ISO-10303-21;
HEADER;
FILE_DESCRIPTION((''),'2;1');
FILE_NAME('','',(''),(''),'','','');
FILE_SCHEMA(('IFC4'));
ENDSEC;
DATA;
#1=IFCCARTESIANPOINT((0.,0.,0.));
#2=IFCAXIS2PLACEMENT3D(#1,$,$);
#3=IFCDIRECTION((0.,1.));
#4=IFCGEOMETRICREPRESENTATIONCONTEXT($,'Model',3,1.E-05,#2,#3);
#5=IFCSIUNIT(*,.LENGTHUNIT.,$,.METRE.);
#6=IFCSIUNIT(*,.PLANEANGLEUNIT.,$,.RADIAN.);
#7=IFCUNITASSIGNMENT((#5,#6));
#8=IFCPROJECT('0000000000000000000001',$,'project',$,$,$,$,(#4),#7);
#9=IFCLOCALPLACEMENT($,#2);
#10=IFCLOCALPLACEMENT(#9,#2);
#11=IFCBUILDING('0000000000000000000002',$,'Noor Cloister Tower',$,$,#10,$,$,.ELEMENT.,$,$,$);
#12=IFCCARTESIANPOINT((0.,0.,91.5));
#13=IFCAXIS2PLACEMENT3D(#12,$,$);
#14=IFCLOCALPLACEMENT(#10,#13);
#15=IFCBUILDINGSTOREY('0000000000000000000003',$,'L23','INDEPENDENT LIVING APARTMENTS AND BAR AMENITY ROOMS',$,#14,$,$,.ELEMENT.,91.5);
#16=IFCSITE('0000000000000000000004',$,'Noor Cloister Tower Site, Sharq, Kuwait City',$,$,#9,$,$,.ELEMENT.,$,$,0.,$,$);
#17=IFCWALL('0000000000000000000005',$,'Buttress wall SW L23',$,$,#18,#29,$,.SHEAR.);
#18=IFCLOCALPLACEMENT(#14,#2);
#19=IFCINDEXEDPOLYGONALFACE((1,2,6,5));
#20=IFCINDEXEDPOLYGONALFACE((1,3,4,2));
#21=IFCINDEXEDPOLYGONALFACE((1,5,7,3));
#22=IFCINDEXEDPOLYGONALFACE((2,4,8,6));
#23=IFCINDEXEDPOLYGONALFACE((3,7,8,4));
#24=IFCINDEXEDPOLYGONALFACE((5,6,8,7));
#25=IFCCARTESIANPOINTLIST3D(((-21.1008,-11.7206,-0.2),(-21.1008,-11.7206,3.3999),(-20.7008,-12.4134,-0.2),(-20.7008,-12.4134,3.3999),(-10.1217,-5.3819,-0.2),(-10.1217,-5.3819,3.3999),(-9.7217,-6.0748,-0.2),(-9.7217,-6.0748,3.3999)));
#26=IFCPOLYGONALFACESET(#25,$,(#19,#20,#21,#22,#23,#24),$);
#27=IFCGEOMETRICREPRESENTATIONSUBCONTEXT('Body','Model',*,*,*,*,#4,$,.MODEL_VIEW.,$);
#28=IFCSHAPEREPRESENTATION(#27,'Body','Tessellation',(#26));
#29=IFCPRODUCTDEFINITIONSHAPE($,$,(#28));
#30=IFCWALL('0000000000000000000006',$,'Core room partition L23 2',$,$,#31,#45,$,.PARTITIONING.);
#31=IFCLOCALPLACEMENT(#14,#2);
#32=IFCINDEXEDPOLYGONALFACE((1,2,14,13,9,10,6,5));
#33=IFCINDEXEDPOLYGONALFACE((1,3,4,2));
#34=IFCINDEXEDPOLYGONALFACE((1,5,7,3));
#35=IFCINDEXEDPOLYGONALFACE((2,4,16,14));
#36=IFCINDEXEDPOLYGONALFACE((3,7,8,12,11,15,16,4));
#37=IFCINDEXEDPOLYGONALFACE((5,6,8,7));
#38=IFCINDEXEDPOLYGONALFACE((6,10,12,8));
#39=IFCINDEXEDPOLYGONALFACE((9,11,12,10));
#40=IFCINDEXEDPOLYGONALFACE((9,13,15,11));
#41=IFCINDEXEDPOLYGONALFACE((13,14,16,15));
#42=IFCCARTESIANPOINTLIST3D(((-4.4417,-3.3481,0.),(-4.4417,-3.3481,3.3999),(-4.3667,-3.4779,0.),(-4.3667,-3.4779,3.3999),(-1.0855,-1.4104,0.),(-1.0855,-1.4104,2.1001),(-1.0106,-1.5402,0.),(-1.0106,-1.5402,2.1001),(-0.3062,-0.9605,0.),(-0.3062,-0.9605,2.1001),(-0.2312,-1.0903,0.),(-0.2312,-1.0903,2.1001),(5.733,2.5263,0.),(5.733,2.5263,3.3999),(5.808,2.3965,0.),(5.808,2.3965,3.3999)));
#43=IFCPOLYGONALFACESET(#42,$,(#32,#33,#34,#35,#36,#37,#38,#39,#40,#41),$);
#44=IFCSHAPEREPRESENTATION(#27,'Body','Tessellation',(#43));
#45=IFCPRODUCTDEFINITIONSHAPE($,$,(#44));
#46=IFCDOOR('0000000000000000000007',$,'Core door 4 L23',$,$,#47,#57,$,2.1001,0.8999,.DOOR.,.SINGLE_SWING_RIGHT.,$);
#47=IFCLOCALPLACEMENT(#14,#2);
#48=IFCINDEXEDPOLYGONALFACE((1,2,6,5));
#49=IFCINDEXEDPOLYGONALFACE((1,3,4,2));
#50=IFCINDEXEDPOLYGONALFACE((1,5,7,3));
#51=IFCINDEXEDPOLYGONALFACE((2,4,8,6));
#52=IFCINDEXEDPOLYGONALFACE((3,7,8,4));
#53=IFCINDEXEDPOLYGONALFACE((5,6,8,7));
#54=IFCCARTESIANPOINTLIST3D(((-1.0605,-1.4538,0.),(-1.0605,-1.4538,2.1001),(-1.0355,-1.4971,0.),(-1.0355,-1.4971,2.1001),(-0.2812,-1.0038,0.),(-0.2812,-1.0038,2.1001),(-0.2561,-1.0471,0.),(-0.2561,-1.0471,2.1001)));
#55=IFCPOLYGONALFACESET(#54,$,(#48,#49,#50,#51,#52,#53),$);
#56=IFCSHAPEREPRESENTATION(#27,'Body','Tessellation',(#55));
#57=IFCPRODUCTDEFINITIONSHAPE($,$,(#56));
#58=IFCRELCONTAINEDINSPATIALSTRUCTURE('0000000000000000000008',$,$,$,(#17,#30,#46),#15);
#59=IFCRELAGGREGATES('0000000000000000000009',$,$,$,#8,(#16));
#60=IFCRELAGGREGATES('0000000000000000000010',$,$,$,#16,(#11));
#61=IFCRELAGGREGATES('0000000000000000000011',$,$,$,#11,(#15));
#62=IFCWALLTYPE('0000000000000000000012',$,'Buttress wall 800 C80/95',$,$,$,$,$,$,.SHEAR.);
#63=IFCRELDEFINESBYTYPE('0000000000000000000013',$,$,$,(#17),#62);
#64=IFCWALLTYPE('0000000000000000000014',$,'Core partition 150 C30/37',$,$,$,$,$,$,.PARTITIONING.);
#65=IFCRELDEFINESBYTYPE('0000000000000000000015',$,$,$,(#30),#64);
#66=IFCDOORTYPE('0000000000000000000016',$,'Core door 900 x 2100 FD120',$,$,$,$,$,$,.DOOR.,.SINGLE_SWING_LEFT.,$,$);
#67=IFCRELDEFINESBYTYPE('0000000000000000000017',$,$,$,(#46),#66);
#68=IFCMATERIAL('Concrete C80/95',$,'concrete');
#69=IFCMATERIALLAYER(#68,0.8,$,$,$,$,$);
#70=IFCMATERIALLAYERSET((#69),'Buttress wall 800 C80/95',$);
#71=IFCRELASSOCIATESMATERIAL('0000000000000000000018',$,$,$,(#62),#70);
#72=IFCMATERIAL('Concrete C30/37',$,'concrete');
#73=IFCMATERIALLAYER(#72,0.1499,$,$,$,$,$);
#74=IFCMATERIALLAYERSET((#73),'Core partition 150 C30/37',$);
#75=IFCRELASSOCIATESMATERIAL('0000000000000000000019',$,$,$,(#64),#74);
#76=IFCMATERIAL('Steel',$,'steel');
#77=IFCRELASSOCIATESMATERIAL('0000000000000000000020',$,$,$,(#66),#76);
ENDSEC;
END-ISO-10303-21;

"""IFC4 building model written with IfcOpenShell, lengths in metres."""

from ifc_helpers import new_model, si_unit, direction, frame, frame_2d, origin, place, context, subcontext, project, spatial, rectangle, extrude, material, layer, layer_set, type_object, element, fill, save


model = new_model("IFC4")

# Units and contexts
model_context = context("Model", 3, precision=1e-05, world=origin(), true_north=direction((0.0, 1.0)))
body_context = subcontext(model_context, "Body", "Model", "MODEL_VIEW")
ifc_project = project(units=[si_unit("LENGTHUNIT", "METRE"), si_unit("PLANEANGLEUNIT", "RADIAN")], contexts=[model_context])

# Site, building, storey
site_placement = place(None, origin())
site = spatial("IfcSite", under=ifc_project, at=site_placement, Name="Noor Cloister Tower Site, Sharq, Kuwait City", CompositionType="ELEMENT", RefElevation=0.0)
building_placement = place(site_placement, origin())
building = spatial("IfcBuilding", under=site, at=building_placement, Name="Noor Cloister Tower", CompositionType="ELEMENT")
storey_placement = place(building_placement, frame((0.0, 0.0, 91.5)))
storey = spatial("IfcBuildingStorey", under=building, at=storey_placement, Name="L23", Description="INDEPENDENT LIVING APARTMENTS AND BAR AMENITY ROOMS", CompositionType="ELEMENT", Elevation=91.5)

# Wall
ifc_material_1 = material(Name="Concrete C80/95", Category="concrete")
ifc_layer_1 = layer(ifc_material_1, 0.8)
ifc_layer_set_1 = layer_set([ifc_layer_1], Name="Buttress wall 800 C80/95")
wall_type_1 = type_object("IfcWallType", Name="Buttress wall 800 C80/95", PredefinedType="SHEAR", material=ifc_layer_set_1)
wall_1_placement = place(storey_placement, frame((-9.9216, -5.7283, -0.2), z_axis=(0.0, 0.0, 1.0), x_axis=(-0.866029, -0.499994, 0.0)))
element("IfcWall", 1, at=wall_1_placement, inside=storey, type_object=wall_type_1, Name="Buttress wall SW L23", PredefinedType="SHEAR", context=body_context, shape_type="SweptSolid", body=[
    extrude(rectangle(XDim=12.6775, YDim=0.8, at=frame_2d((6.3389, 0.0))), origin(), (0.0, 0.0, 1.0), 3.5999),
])

# Wall, opening, door
ifc_material_2 = material(Name="Concrete C30/37", Category="concrete")
ifc_layer_2 = layer(ifc_material_2, 0.1499)
ifc_layer_set_2 = layer_set([ifc_layer_2], Name="Core partition 150 C30/37")
wall_type_2 = type_object("IfcWallType", Name="Core partition 150 C30/37", PredefinedType="PARTITIONING", material=ifc_layer_set_2)
wall_2_placement = place(storey_placement, frame((-4.4043, -3.4131, 0.0), z_axis=(0.0, 0.0, 1.0), x_axis=(0.866022, 0.500005, 0.0)))
wall_2 = element("IfcWall", 2, at=wall_2_placement, inside=storey, type_object=wall_type_2, Name="Core room partition L23 2", PredefinedType="PARTITIONING", context=body_context, shape_type="SweptSolid", body=[
    extrude(rectangle(XDim=11.7488, YDim=0.1499, at=frame_2d((5.8745, 0.0))), origin(), (0.0, 0.0, 1.0), 3.3999),
])
opening_1_placement = place(wall_2_placement, frame((3.8755, 0.0, 0.0)))
opening_1 = element("IfcOpeningElement", 3, at=opening_1_placement, cuts=wall_2, PredefinedType="OPENING", context=body_context, shape_type="SweptSolid", body=[
    extrude(rectangle(XDim=0.8999, YDim=2.1001, at=frame_2d((0.45, 1.05))), frame((0.0, 0.085, 0.0), z_axis=(0.0, -1.0, 0.0), x_axis=(1.0, 0.0, 0.0)), (0.0, 0.0, 1.0), 0.1699),
])
ifc_material_3 = material(Name="Steel", Category="steel")
door_type_1 = type_object("IfcDoorType", Name="Core door 900 x 2100 FD120", OperationType="SINGLE_SWING_LEFT", PredefinedType="DOOR", material=ifc_material_3)
door_1_placement = place(opening_1_placement, origin())
door_1 = element("IfcDoor", 4, at=door_1_placement, inside=storey, type_object=door_type_1, Name="Core door 4 L23", OperationType="SINGLE_SWING_RIGHT", OverallHeight=2.1001, OverallWidth=0.8999, PredefinedType="DOOR", context=body_context, shape_type="SweptSolid", body=[
    extrude(rectangle(XDim=0.8999, YDim=2.1001, at=frame_2d((0.45, 1.05))), frame((0.0, 0.0249, 0.0), z_axis=(0.0, -1.0, 0.0), x_axis=(1.0, 0.0, 0.0)), (0.0, 0.0, 1.0), 0.05),
])
fill(opening_1, door_1)

save(model, "model.ifc")
